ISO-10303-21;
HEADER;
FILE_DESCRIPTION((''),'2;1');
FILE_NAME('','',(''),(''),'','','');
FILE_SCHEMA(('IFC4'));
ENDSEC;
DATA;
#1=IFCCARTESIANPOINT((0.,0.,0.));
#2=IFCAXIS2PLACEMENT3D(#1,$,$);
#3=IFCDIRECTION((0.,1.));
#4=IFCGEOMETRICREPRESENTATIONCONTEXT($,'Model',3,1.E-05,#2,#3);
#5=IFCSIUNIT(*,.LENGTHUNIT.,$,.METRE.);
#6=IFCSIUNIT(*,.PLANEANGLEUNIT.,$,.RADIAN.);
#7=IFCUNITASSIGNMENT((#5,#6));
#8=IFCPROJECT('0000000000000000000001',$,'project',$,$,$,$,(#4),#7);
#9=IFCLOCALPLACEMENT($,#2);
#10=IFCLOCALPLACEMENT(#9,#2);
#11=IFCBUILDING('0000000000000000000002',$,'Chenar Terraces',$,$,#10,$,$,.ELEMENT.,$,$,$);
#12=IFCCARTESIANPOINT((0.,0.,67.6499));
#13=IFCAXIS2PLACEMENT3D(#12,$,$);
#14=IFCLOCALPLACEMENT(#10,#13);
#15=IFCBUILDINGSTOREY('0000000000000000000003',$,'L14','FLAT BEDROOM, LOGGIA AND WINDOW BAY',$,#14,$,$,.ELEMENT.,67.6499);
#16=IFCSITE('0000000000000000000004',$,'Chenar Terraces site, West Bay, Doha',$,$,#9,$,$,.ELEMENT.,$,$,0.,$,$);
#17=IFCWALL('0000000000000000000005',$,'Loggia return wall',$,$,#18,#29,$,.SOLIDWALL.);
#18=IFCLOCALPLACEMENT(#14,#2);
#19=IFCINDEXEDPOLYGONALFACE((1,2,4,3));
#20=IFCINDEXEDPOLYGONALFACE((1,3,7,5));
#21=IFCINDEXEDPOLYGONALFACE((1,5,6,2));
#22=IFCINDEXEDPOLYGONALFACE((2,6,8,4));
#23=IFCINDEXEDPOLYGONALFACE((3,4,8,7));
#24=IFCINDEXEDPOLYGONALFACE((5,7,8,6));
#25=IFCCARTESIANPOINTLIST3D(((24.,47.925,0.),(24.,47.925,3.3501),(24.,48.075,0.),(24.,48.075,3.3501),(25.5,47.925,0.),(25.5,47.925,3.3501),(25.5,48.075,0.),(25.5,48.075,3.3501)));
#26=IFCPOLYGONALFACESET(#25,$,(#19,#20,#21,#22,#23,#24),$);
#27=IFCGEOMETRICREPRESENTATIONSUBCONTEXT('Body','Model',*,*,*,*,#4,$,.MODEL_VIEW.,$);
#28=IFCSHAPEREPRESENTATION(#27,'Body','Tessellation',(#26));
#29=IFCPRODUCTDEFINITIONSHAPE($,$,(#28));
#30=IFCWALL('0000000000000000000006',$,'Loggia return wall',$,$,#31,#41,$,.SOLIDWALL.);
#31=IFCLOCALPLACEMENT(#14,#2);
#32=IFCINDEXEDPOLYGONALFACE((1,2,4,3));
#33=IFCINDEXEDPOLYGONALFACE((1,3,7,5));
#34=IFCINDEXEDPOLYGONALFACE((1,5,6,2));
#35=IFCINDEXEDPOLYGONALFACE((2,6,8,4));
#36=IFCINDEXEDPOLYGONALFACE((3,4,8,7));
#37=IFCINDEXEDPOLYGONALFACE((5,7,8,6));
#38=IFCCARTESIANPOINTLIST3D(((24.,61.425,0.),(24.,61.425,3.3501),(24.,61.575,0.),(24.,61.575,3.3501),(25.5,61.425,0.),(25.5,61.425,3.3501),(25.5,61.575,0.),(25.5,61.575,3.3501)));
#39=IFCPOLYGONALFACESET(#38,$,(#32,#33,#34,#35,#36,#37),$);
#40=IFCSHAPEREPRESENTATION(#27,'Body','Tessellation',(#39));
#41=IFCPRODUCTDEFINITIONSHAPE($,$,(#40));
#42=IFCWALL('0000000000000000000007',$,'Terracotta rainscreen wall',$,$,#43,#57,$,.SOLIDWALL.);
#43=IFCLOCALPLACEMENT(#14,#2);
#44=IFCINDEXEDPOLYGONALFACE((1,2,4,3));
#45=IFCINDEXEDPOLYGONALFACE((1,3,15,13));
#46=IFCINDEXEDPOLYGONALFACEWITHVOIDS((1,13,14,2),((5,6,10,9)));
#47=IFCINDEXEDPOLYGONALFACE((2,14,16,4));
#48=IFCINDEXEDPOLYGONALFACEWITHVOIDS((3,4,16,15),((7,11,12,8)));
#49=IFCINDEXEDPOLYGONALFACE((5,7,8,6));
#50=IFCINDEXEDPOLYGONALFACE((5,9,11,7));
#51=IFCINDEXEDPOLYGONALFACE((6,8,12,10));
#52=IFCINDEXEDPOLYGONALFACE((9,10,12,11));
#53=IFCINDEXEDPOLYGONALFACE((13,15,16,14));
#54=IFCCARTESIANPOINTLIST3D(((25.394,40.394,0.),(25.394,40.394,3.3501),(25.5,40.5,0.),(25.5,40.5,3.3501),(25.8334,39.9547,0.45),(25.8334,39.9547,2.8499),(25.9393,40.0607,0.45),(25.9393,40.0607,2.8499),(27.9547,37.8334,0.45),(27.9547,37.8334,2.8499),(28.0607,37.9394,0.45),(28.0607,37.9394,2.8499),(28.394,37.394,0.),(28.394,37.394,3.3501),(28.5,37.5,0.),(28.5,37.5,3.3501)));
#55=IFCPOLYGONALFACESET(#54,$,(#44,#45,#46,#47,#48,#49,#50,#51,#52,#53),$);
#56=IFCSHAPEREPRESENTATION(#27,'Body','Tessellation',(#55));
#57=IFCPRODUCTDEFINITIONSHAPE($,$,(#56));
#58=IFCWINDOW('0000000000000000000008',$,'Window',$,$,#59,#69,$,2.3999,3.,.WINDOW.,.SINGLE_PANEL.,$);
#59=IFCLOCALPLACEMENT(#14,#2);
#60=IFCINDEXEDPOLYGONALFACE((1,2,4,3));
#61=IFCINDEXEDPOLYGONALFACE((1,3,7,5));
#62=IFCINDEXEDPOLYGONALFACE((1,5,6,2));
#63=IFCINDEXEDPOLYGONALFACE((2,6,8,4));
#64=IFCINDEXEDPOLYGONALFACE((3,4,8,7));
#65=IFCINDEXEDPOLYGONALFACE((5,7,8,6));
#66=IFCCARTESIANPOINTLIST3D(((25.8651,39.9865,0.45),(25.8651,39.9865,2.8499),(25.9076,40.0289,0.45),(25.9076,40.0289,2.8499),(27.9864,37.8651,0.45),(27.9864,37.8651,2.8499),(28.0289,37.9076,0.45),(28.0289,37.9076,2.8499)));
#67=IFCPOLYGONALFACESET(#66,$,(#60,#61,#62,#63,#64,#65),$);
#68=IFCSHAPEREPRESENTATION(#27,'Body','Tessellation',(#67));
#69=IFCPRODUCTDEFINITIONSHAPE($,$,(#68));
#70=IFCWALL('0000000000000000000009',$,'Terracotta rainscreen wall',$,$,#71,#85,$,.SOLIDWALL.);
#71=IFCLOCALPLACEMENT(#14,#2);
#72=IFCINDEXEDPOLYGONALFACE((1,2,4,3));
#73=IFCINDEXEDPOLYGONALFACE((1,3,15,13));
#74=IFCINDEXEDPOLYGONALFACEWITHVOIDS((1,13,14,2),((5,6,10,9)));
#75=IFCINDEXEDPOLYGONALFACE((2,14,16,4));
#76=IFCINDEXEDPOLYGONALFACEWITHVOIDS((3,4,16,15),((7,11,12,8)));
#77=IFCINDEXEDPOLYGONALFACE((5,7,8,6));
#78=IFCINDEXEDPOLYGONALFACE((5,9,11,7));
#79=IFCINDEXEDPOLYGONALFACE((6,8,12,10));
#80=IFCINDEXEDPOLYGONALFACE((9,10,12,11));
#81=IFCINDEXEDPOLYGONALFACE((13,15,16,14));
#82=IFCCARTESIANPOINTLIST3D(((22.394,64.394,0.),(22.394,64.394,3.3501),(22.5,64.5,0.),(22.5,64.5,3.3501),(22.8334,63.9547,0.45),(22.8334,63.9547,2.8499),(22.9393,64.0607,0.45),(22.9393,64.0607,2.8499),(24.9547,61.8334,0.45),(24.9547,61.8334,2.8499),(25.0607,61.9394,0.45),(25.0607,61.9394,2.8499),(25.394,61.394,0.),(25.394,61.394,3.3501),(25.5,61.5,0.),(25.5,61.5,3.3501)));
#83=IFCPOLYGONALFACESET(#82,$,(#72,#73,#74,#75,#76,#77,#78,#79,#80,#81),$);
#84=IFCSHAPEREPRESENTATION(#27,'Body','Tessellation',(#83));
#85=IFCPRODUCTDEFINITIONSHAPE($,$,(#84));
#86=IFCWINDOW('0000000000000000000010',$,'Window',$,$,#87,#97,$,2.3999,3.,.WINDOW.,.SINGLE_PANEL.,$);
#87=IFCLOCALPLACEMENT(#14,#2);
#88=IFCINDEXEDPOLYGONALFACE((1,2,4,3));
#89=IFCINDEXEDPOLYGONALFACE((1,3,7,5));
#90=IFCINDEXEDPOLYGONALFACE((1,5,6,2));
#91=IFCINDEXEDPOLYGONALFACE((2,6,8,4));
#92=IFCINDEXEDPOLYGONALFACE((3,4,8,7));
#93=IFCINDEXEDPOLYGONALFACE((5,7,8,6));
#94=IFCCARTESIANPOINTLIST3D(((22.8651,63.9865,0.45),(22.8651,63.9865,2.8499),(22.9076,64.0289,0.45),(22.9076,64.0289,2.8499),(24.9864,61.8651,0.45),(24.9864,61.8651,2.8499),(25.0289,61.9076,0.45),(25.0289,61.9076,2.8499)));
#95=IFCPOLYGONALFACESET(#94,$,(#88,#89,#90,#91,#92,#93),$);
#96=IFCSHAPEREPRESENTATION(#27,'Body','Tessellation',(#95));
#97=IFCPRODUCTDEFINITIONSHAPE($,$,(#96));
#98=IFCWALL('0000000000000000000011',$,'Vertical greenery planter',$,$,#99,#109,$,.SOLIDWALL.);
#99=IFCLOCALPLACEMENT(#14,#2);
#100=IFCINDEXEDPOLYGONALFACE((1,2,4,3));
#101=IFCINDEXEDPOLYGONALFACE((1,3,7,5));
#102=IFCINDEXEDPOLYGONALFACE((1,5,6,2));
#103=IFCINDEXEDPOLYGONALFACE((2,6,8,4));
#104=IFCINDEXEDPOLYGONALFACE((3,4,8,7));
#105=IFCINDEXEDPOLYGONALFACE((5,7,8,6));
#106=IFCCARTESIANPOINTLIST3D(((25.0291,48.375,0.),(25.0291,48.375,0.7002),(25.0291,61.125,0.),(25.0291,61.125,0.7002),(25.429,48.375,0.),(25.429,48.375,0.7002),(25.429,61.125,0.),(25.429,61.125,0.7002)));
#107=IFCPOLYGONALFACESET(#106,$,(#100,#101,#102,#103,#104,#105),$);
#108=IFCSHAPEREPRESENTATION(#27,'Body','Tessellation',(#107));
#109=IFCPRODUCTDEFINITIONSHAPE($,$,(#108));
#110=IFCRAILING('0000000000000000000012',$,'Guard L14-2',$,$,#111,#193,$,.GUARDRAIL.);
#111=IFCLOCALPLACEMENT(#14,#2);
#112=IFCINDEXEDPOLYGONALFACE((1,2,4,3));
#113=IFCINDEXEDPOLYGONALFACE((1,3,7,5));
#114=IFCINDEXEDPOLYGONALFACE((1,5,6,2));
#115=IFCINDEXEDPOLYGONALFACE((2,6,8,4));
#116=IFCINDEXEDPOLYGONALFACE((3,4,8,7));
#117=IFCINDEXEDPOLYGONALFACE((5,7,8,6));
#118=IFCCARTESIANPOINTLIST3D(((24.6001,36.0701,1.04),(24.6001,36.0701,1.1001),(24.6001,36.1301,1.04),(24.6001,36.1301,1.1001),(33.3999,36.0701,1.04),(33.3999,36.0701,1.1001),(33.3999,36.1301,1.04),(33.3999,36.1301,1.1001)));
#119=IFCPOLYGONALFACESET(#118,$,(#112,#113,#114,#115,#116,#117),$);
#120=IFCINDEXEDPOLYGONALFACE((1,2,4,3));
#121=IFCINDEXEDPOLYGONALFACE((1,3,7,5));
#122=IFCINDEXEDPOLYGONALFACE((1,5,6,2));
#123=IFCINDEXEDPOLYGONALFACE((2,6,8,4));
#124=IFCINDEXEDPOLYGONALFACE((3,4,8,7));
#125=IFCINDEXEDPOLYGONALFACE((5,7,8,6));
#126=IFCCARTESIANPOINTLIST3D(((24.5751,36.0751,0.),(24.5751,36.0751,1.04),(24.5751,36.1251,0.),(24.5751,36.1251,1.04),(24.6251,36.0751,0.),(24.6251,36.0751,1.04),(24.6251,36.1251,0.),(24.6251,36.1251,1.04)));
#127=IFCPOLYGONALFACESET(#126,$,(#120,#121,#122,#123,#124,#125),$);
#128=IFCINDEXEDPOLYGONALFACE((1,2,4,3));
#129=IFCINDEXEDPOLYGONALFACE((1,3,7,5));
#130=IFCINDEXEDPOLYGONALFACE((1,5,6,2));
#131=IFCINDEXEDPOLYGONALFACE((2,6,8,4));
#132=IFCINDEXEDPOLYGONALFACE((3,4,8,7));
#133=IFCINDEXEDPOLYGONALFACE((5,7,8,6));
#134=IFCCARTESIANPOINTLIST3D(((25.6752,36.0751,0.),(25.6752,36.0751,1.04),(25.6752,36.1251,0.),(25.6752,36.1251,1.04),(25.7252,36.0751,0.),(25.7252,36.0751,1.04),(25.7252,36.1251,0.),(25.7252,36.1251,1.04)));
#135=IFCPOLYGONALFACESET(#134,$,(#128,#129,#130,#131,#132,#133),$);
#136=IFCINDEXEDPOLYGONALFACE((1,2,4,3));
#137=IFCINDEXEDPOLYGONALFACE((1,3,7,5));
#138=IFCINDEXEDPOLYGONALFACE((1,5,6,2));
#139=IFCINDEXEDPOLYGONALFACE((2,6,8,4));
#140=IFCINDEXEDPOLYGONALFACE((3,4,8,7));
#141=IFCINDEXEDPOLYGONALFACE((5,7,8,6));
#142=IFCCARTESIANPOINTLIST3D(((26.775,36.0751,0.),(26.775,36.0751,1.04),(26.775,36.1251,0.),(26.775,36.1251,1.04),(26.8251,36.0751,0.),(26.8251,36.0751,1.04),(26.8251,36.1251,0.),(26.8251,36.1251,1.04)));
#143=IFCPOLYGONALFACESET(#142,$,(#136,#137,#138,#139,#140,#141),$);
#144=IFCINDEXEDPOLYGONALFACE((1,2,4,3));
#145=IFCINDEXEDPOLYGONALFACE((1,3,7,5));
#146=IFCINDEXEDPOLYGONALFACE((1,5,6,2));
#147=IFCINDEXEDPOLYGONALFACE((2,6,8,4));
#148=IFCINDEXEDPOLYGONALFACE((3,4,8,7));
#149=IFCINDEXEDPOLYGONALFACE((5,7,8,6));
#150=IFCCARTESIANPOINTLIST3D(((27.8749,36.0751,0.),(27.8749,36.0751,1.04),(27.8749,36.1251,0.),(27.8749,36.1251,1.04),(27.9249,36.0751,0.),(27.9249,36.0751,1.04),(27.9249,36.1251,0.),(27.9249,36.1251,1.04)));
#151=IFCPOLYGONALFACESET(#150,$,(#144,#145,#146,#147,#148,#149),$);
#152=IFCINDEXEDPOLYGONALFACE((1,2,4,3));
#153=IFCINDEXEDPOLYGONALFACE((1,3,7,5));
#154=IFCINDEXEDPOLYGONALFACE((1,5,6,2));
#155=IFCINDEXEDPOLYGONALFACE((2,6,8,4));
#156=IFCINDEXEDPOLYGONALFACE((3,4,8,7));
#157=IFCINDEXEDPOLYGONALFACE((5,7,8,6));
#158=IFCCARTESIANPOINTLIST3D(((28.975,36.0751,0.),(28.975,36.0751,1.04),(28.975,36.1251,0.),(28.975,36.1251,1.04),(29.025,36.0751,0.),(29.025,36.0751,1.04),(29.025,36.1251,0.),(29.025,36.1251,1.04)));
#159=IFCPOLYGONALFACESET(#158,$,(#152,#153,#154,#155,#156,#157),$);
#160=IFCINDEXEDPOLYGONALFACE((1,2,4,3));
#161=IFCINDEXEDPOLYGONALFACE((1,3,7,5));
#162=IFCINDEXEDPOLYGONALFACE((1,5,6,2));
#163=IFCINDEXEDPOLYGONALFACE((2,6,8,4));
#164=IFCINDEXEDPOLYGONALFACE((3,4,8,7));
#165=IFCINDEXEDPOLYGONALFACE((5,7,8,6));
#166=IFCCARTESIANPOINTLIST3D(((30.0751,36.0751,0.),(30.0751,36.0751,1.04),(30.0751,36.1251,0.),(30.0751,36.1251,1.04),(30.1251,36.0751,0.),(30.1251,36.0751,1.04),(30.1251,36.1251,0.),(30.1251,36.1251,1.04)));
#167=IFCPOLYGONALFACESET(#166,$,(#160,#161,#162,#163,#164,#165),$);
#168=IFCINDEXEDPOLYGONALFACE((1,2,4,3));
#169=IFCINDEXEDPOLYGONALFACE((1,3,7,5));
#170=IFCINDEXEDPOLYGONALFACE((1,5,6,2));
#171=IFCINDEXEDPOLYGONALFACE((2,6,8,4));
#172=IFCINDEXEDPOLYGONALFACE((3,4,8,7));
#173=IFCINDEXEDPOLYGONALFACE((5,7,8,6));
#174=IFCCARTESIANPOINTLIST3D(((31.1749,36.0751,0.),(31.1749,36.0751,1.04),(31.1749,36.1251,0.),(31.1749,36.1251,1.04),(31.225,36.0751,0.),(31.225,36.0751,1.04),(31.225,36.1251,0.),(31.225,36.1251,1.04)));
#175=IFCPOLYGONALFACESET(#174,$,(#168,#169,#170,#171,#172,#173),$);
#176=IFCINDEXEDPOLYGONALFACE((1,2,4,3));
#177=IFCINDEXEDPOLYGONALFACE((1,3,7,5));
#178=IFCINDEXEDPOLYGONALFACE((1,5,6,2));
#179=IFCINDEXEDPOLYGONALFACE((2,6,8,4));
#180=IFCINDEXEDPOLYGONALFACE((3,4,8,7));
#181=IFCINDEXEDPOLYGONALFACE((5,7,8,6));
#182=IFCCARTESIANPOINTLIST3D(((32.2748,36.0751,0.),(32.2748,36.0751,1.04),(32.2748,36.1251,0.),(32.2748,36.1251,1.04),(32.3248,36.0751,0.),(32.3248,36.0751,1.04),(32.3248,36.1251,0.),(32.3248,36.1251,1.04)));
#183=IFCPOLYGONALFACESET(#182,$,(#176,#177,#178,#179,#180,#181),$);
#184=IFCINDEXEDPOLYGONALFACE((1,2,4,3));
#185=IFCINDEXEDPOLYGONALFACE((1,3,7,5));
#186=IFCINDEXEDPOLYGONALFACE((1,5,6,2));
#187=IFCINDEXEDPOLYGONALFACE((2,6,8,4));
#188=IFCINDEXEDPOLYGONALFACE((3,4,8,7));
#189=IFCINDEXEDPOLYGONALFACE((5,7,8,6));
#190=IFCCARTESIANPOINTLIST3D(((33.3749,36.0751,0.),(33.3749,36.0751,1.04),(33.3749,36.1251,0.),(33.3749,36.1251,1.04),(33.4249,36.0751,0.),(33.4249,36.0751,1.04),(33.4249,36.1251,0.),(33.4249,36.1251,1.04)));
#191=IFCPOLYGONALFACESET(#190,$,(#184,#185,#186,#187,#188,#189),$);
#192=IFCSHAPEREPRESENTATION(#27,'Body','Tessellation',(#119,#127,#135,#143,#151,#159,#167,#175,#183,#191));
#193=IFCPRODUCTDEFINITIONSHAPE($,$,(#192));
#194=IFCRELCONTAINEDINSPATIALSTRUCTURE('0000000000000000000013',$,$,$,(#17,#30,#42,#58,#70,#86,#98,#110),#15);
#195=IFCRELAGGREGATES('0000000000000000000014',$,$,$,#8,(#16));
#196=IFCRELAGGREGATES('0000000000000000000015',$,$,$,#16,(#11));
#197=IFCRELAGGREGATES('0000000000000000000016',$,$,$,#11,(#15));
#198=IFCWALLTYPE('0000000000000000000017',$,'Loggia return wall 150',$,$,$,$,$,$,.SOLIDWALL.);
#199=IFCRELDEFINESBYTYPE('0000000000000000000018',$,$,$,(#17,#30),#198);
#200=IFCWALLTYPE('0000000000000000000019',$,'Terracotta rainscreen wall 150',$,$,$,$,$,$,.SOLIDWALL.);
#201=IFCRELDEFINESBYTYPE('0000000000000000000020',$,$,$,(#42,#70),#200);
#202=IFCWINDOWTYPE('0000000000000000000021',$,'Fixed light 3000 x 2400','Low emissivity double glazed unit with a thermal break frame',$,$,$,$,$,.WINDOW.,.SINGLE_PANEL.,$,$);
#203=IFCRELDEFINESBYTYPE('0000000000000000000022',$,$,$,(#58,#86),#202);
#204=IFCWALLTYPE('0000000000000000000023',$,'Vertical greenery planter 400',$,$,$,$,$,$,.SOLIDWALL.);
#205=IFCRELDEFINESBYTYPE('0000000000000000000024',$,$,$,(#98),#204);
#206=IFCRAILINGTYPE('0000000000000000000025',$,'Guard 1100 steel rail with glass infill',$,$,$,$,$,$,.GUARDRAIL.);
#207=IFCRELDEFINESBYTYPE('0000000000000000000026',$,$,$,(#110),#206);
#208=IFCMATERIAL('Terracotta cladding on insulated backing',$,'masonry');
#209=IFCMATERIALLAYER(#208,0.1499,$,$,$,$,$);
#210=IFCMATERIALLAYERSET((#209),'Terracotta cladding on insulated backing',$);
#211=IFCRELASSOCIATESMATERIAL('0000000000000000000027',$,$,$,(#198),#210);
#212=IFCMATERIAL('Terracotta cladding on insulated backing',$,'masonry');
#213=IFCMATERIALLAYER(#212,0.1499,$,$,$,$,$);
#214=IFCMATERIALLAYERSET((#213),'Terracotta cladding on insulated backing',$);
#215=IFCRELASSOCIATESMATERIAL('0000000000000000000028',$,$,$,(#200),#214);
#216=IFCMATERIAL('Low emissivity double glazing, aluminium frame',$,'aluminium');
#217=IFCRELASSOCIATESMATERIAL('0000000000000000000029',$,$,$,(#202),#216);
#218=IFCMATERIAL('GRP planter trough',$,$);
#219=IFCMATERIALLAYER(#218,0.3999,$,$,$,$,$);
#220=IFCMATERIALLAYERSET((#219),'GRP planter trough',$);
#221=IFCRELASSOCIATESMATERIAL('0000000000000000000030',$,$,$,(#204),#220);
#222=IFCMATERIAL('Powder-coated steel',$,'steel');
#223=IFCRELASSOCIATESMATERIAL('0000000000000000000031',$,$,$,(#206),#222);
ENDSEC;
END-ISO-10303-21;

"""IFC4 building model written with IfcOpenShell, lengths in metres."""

from ifc_helpers import new_model, si_unit, direction, frame, frame_2d, origin, origin_2d, place, context, subcontext, project, spatial, rectangle, extrude, material, layer, layer_set, type_object, element, fill, save


model = new_model("IFC4")

# Units and contexts
model_context = context("Model", 3, precision=1e-05, world=origin(), true_north=direction((0.0, 1.0)))
body_context = subcontext(model_context, "Body", "Model", "MODEL_VIEW")
ifc_project = project(units=[si_unit("LENGTHUNIT", "METRE"), si_unit("PLANEANGLEUNIT", "RADIAN")], contexts=[model_context])

# Site, building, storey
site_placement = place(None, origin())
site = spatial("IfcSite", under=ifc_project, at=site_placement, Name="Chenar Terraces site, West Bay, Doha", CompositionType="ELEMENT", RefElevation=0.0)
building_placement = place(site_placement, origin())
building = spatial("IfcBuilding", under=site, at=building_placement, Name="Chenar Terraces", CompositionType="ELEMENT")
storey_placement = place(building_placement, frame((0.0, 0.0, 67.6499)))
storey = spatial("IfcBuildingStorey", under=building, at=storey_placement, Name="L14", Description="FLAT BEDROOM, LOGGIA AND WINDOW BAY", CompositionType="ELEMENT", Elevation=67.6499)

# Walls
ifc_material_1 = material(Name="Terracotta cladding on insulated backing", Category="masonry")
ifc_layer_1 = layer(ifc_material_1, 0.1499)
ifc_layer_set_1 = layer_set([ifc_layer_1], Name="Terracotta cladding on insulated backing")
wall_type_1 = type_object("IfcWallType", Name="Loggia return wall 150", PredefinedType="SOLIDWALL", material=ifc_layer_set_1)
for number, where, z_axis, x_axis, name in (
    (1, (25.5, 48.0, 0.0), (0.0, 0.0, 1.0), (-1.0, 0.0, 0.0), "Loggia return wall"),
    (2, (25.5, 61.5, 0.0), (0.0, 0.0, 1.0), (-1.0, 0.0, 0.0), "Loggia return wall"),
):
    element("IfcWall", number, at=place(storey_placement, frame(where, z_axis=z_axis, x_axis=x_axis)), inside=storey, type_object=wall_type_1, Name=name, PredefinedType="SOLIDWALL", context=body_context, shape_type="SweptSolid", body=[
        extrude(rectangle(XDim=1.5, YDim=0.1499, at=frame_2d((0.75, 0.0))), origin(), (0.0, 0.0, 1.0), 3.3501),
    ])

# Walls, openings, windows
ifc_material_2 = material(Name="Terracotta cladding on insulated backing", Category="masonry")
ifc_layer_2 = layer(ifc_material_2, 0.1499)
ifc_layer_set_2 = layer_set([ifc_layer_2], Name="Terracotta cladding on insulated backing")
wall_type_2 = type_object("IfcWallType", Name="Terracotta rainscreen wall 150", PredefinedType="SOLIDWALL", material=ifc_layer_set_2)
wall_1_placement = place(storey_placement, frame((28.447, 37.447, 0.0), z_axis=(0.0, 0.0, 1.0), x_axis=(-0.707107, 0.707107, 0.0)))
wall_1 = element("IfcWall", 3, at=wall_1_placement, inside=storey, type_object=wall_type_2, Name="Terracotta rainscreen wall", PredefinedType="SOLIDWALL", context=body_context, shape_type="SweptSolid", body=[
    extrude(rectangle(XDim=4.2427, YDim=0.1499, at=frame_2d((2.1213, 0.0))), origin(), (0.0, 0.0, 1.0), 3.3501),
])
opening_1_placement = place(wall_1_placement, frame((0.6213, 0.0, 0.45)))
opening_1 = element("IfcOpeningElement", 4, at=opening_1_placement, cuts=wall_1, PredefinedType="OPENING", context=body_context, shape_type="SweptSolid", body=[
    extrude(rectangle(XDim=3.0, YDim=2.3999, at=frame_2d((1.5, 1.2))), frame((0.0, 0.085, 0.0), z_axis=(0.0, -1.0, 0.0), x_axis=(1.0, 0.0, 0.0)), (0.0, 0.0, 1.0), 0.1699),
])
ifc_material_3 = material(Name="Low emissivity double glazing, aluminium frame", Category="aluminium")
window_type_1 = type_object("IfcWindowType", Name="Fixed light 3000 x 2400", Description="Low emissivity double glazed unit with a thermal break frame", PartitioningType="SINGLE_PANEL", PredefinedType="WINDOW", material=ifc_material_3)
window_1_placement = place(opening_1_placement, origin())
window_1 = element("IfcWindow", 5, at=window_1_placement, inside=storey, type_object=window_type_1, Name="Window", OverallHeight=2.3999, OverallWidth=3.0, PartitioningType="SINGLE_PANEL", PredefinedType="WINDOW", context=body_context, shape_type="SweptSolid", body=[
    extrude(rectangle(XDim=3.0, YDim=2.3999, at=frame_2d((1.5, 1.2))), frame((0.0, 0.03, 0.0), z_axis=(0.0, -1.0, 0.0), x_axis=(1.0, 0.0, 0.0)), (0.0, 0.0, 1.0), 0.0601),
])
fill(opening_1, window_1)
wall_2_placement = place(storey_placement, frame((25.447, 61.447, 0.0), z_axis=(0.0, 0.0, 1.0), x_axis=(-0.707107, 0.707107, 0.0)))
wall_2 = element("IfcWall", 6, at=wall_2_placement, inside=storey, type_object=wall_type_2, Name="Terracotta rainscreen wall", PredefinedType="SOLIDWALL", context=body_context, shape_type="SweptSolid", body=[
    extrude(rectangle(XDim=4.2427, YDim=0.1499, at=frame_2d((2.1213, 0.0))), origin(), (0.0, 0.0, 1.0), 3.3501),
])
opening_2_placement = place(wall_2_placement, frame((0.6213, 0.0, 0.45)))
opening_2 = element("IfcOpeningElement", 7, at=opening_2_placement, cuts=wall_2, PredefinedType="OPENING", context=body_context, shape_type="SweptSolid", body=[
    extrude(rectangle(XDim=3.0, YDim=2.3999, at=frame_2d((1.5, 1.2))), frame((0.0, 0.085, 0.0), z_axis=(0.0, -1.0, 0.0), x_axis=(1.0, 0.0, 0.0)), (0.0, 0.0, 1.0), 0.1699),
])
window_2_placement = place(opening_2_placement, origin())
window_2 = element("IfcWindow", 8, at=window_2_placement, inside=storey, type_object=window_type_1, Name="Window", OverallHeight=2.3999, OverallWidth=3.0, PartitioningType="SINGLE_PANEL", PredefinedType="WINDOW", context=body_context, shape_type="SweptSolid", body=[
    extrude(rectangle(XDim=3.0, YDim=2.3999, at=frame_2d((1.5, 1.2))), frame((0.0, 0.03, 0.0), z_axis=(0.0, -1.0, 0.0), x_axis=(1.0, 0.0, 0.0)), (0.0, 0.0, 1.0), 0.0601),
])
fill(opening_2, window_2)

# Wall
ifc_material_4 = material(Name="GRP planter trough")
ifc_layer_3 = layer(ifc_material_4, 0.3999)
ifc_layer_set_3 = layer_set([ifc_layer_3], Name="GRP planter trough")
wall_type_3 = type_object("IfcWallType", Name="Vertical greenery planter 400", PredefinedType="SOLIDWALL", material=ifc_layer_set_3)
wall_3_placement = place(storey_placement, frame((25.229, 48.375, 0.0), z_axis=(0.0, 0.0, 1.0), x_axis=(0.0, 1.0, 0.0)))
element("IfcWall", 9, at=wall_3_placement, inside=storey, type_object=wall_type_3, Name="Vertical greenery planter", PredefinedType="SOLIDWALL", context=body_context, shape_type="SweptSolid", body=[
    extrude(rectangle(XDim=12.75, YDim=0.3999, at=frame_2d((6.375, 0.0))), origin(), (0.0, 0.0, 1.0), 0.7002),
])

# Railing
ifc_material_5 = material(Name="Powder-coated steel", Category="steel")
railing_type_1 = type_object("IfcRailingType", Name="Guard 1100 steel rail with glass infill", PredefinedType="GUARDRAIL", material=ifc_material_5)
railing_1_placement = place(storey_placement, frame((24.6001, 36.1001, 0.0)))
element("IfcRailing", 10, at=railing_1_placement, inside=storey, type_object=railing_type_1, Name="Guard L14-2", PredefinedType="GUARDRAIL", context=body_context, shape_type="SweptSolid", body=[
    extrude(rectangle(XDim=0.0601, YDim=0.0601, at=origin_2d()), frame((0.0, 0.0, 1.0701), z_axis=(1.0, 0.0, 0.0), x_axis=(0.0, 1.0, 0.0)), (0.0, 0.0, 1.0), 8.7998),
    extrude(rectangle(XDim=0.05, YDim=0.05, at=origin_2d()), origin(), (0.0, 0.0, 1.0), 1.04),
    extrude(rectangle(XDim=0.05, YDim=0.05, at=origin_2d()), frame((1.1001, 0.0, 0.0)), (0.0, 0.0, 1.0), 1.04),
    extrude(rectangle(XDim=0.05, YDim=0.05, at=origin_2d()), frame((2.2, 0.0, 0.0)), (0.0, 0.0, 1.0), 1.04),
    extrude(rectangle(XDim=0.05, YDim=0.05, at=origin_2d()), frame((3.2998, 0.0, 0.0)), (0.0, 0.0, 1.0), 1.04),
    extrude(rectangle(XDim=0.05, YDim=0.05, at=origin_2d()), frame((4.3999, 0.0, 0.0)), (0.0, 0.0, 1.0), 1.04),
    extrude(rectangle(XDim=0.05, YDim=0.05, at=origin_2d()), frame((5.5, 0.0, 0.0)), (0.0, 0.0, 1.0), 1.04),
    extrude(rectangle(XDim=0.05, YDim=0.05, at=origin_2d()), frame((6.5999, 0.0, 0.0)), (0.0, 0.0, 1.0), 1.04),
    extrude(rectangle(XDim=0.05, YDim=0.05, at=origin_2d()), frame((7.6997, 0.0, 0.0)), (0.0, 0.0, 1.0), 1.04),
    extrude(rectangle(XDim=0.05, YDim=0.05, at=origin_2d()), frame((8.7998, 0.0, 0.0)), (0.0, 0.0, 1.0), 1.04),
])

save(model, "model.ifc")
